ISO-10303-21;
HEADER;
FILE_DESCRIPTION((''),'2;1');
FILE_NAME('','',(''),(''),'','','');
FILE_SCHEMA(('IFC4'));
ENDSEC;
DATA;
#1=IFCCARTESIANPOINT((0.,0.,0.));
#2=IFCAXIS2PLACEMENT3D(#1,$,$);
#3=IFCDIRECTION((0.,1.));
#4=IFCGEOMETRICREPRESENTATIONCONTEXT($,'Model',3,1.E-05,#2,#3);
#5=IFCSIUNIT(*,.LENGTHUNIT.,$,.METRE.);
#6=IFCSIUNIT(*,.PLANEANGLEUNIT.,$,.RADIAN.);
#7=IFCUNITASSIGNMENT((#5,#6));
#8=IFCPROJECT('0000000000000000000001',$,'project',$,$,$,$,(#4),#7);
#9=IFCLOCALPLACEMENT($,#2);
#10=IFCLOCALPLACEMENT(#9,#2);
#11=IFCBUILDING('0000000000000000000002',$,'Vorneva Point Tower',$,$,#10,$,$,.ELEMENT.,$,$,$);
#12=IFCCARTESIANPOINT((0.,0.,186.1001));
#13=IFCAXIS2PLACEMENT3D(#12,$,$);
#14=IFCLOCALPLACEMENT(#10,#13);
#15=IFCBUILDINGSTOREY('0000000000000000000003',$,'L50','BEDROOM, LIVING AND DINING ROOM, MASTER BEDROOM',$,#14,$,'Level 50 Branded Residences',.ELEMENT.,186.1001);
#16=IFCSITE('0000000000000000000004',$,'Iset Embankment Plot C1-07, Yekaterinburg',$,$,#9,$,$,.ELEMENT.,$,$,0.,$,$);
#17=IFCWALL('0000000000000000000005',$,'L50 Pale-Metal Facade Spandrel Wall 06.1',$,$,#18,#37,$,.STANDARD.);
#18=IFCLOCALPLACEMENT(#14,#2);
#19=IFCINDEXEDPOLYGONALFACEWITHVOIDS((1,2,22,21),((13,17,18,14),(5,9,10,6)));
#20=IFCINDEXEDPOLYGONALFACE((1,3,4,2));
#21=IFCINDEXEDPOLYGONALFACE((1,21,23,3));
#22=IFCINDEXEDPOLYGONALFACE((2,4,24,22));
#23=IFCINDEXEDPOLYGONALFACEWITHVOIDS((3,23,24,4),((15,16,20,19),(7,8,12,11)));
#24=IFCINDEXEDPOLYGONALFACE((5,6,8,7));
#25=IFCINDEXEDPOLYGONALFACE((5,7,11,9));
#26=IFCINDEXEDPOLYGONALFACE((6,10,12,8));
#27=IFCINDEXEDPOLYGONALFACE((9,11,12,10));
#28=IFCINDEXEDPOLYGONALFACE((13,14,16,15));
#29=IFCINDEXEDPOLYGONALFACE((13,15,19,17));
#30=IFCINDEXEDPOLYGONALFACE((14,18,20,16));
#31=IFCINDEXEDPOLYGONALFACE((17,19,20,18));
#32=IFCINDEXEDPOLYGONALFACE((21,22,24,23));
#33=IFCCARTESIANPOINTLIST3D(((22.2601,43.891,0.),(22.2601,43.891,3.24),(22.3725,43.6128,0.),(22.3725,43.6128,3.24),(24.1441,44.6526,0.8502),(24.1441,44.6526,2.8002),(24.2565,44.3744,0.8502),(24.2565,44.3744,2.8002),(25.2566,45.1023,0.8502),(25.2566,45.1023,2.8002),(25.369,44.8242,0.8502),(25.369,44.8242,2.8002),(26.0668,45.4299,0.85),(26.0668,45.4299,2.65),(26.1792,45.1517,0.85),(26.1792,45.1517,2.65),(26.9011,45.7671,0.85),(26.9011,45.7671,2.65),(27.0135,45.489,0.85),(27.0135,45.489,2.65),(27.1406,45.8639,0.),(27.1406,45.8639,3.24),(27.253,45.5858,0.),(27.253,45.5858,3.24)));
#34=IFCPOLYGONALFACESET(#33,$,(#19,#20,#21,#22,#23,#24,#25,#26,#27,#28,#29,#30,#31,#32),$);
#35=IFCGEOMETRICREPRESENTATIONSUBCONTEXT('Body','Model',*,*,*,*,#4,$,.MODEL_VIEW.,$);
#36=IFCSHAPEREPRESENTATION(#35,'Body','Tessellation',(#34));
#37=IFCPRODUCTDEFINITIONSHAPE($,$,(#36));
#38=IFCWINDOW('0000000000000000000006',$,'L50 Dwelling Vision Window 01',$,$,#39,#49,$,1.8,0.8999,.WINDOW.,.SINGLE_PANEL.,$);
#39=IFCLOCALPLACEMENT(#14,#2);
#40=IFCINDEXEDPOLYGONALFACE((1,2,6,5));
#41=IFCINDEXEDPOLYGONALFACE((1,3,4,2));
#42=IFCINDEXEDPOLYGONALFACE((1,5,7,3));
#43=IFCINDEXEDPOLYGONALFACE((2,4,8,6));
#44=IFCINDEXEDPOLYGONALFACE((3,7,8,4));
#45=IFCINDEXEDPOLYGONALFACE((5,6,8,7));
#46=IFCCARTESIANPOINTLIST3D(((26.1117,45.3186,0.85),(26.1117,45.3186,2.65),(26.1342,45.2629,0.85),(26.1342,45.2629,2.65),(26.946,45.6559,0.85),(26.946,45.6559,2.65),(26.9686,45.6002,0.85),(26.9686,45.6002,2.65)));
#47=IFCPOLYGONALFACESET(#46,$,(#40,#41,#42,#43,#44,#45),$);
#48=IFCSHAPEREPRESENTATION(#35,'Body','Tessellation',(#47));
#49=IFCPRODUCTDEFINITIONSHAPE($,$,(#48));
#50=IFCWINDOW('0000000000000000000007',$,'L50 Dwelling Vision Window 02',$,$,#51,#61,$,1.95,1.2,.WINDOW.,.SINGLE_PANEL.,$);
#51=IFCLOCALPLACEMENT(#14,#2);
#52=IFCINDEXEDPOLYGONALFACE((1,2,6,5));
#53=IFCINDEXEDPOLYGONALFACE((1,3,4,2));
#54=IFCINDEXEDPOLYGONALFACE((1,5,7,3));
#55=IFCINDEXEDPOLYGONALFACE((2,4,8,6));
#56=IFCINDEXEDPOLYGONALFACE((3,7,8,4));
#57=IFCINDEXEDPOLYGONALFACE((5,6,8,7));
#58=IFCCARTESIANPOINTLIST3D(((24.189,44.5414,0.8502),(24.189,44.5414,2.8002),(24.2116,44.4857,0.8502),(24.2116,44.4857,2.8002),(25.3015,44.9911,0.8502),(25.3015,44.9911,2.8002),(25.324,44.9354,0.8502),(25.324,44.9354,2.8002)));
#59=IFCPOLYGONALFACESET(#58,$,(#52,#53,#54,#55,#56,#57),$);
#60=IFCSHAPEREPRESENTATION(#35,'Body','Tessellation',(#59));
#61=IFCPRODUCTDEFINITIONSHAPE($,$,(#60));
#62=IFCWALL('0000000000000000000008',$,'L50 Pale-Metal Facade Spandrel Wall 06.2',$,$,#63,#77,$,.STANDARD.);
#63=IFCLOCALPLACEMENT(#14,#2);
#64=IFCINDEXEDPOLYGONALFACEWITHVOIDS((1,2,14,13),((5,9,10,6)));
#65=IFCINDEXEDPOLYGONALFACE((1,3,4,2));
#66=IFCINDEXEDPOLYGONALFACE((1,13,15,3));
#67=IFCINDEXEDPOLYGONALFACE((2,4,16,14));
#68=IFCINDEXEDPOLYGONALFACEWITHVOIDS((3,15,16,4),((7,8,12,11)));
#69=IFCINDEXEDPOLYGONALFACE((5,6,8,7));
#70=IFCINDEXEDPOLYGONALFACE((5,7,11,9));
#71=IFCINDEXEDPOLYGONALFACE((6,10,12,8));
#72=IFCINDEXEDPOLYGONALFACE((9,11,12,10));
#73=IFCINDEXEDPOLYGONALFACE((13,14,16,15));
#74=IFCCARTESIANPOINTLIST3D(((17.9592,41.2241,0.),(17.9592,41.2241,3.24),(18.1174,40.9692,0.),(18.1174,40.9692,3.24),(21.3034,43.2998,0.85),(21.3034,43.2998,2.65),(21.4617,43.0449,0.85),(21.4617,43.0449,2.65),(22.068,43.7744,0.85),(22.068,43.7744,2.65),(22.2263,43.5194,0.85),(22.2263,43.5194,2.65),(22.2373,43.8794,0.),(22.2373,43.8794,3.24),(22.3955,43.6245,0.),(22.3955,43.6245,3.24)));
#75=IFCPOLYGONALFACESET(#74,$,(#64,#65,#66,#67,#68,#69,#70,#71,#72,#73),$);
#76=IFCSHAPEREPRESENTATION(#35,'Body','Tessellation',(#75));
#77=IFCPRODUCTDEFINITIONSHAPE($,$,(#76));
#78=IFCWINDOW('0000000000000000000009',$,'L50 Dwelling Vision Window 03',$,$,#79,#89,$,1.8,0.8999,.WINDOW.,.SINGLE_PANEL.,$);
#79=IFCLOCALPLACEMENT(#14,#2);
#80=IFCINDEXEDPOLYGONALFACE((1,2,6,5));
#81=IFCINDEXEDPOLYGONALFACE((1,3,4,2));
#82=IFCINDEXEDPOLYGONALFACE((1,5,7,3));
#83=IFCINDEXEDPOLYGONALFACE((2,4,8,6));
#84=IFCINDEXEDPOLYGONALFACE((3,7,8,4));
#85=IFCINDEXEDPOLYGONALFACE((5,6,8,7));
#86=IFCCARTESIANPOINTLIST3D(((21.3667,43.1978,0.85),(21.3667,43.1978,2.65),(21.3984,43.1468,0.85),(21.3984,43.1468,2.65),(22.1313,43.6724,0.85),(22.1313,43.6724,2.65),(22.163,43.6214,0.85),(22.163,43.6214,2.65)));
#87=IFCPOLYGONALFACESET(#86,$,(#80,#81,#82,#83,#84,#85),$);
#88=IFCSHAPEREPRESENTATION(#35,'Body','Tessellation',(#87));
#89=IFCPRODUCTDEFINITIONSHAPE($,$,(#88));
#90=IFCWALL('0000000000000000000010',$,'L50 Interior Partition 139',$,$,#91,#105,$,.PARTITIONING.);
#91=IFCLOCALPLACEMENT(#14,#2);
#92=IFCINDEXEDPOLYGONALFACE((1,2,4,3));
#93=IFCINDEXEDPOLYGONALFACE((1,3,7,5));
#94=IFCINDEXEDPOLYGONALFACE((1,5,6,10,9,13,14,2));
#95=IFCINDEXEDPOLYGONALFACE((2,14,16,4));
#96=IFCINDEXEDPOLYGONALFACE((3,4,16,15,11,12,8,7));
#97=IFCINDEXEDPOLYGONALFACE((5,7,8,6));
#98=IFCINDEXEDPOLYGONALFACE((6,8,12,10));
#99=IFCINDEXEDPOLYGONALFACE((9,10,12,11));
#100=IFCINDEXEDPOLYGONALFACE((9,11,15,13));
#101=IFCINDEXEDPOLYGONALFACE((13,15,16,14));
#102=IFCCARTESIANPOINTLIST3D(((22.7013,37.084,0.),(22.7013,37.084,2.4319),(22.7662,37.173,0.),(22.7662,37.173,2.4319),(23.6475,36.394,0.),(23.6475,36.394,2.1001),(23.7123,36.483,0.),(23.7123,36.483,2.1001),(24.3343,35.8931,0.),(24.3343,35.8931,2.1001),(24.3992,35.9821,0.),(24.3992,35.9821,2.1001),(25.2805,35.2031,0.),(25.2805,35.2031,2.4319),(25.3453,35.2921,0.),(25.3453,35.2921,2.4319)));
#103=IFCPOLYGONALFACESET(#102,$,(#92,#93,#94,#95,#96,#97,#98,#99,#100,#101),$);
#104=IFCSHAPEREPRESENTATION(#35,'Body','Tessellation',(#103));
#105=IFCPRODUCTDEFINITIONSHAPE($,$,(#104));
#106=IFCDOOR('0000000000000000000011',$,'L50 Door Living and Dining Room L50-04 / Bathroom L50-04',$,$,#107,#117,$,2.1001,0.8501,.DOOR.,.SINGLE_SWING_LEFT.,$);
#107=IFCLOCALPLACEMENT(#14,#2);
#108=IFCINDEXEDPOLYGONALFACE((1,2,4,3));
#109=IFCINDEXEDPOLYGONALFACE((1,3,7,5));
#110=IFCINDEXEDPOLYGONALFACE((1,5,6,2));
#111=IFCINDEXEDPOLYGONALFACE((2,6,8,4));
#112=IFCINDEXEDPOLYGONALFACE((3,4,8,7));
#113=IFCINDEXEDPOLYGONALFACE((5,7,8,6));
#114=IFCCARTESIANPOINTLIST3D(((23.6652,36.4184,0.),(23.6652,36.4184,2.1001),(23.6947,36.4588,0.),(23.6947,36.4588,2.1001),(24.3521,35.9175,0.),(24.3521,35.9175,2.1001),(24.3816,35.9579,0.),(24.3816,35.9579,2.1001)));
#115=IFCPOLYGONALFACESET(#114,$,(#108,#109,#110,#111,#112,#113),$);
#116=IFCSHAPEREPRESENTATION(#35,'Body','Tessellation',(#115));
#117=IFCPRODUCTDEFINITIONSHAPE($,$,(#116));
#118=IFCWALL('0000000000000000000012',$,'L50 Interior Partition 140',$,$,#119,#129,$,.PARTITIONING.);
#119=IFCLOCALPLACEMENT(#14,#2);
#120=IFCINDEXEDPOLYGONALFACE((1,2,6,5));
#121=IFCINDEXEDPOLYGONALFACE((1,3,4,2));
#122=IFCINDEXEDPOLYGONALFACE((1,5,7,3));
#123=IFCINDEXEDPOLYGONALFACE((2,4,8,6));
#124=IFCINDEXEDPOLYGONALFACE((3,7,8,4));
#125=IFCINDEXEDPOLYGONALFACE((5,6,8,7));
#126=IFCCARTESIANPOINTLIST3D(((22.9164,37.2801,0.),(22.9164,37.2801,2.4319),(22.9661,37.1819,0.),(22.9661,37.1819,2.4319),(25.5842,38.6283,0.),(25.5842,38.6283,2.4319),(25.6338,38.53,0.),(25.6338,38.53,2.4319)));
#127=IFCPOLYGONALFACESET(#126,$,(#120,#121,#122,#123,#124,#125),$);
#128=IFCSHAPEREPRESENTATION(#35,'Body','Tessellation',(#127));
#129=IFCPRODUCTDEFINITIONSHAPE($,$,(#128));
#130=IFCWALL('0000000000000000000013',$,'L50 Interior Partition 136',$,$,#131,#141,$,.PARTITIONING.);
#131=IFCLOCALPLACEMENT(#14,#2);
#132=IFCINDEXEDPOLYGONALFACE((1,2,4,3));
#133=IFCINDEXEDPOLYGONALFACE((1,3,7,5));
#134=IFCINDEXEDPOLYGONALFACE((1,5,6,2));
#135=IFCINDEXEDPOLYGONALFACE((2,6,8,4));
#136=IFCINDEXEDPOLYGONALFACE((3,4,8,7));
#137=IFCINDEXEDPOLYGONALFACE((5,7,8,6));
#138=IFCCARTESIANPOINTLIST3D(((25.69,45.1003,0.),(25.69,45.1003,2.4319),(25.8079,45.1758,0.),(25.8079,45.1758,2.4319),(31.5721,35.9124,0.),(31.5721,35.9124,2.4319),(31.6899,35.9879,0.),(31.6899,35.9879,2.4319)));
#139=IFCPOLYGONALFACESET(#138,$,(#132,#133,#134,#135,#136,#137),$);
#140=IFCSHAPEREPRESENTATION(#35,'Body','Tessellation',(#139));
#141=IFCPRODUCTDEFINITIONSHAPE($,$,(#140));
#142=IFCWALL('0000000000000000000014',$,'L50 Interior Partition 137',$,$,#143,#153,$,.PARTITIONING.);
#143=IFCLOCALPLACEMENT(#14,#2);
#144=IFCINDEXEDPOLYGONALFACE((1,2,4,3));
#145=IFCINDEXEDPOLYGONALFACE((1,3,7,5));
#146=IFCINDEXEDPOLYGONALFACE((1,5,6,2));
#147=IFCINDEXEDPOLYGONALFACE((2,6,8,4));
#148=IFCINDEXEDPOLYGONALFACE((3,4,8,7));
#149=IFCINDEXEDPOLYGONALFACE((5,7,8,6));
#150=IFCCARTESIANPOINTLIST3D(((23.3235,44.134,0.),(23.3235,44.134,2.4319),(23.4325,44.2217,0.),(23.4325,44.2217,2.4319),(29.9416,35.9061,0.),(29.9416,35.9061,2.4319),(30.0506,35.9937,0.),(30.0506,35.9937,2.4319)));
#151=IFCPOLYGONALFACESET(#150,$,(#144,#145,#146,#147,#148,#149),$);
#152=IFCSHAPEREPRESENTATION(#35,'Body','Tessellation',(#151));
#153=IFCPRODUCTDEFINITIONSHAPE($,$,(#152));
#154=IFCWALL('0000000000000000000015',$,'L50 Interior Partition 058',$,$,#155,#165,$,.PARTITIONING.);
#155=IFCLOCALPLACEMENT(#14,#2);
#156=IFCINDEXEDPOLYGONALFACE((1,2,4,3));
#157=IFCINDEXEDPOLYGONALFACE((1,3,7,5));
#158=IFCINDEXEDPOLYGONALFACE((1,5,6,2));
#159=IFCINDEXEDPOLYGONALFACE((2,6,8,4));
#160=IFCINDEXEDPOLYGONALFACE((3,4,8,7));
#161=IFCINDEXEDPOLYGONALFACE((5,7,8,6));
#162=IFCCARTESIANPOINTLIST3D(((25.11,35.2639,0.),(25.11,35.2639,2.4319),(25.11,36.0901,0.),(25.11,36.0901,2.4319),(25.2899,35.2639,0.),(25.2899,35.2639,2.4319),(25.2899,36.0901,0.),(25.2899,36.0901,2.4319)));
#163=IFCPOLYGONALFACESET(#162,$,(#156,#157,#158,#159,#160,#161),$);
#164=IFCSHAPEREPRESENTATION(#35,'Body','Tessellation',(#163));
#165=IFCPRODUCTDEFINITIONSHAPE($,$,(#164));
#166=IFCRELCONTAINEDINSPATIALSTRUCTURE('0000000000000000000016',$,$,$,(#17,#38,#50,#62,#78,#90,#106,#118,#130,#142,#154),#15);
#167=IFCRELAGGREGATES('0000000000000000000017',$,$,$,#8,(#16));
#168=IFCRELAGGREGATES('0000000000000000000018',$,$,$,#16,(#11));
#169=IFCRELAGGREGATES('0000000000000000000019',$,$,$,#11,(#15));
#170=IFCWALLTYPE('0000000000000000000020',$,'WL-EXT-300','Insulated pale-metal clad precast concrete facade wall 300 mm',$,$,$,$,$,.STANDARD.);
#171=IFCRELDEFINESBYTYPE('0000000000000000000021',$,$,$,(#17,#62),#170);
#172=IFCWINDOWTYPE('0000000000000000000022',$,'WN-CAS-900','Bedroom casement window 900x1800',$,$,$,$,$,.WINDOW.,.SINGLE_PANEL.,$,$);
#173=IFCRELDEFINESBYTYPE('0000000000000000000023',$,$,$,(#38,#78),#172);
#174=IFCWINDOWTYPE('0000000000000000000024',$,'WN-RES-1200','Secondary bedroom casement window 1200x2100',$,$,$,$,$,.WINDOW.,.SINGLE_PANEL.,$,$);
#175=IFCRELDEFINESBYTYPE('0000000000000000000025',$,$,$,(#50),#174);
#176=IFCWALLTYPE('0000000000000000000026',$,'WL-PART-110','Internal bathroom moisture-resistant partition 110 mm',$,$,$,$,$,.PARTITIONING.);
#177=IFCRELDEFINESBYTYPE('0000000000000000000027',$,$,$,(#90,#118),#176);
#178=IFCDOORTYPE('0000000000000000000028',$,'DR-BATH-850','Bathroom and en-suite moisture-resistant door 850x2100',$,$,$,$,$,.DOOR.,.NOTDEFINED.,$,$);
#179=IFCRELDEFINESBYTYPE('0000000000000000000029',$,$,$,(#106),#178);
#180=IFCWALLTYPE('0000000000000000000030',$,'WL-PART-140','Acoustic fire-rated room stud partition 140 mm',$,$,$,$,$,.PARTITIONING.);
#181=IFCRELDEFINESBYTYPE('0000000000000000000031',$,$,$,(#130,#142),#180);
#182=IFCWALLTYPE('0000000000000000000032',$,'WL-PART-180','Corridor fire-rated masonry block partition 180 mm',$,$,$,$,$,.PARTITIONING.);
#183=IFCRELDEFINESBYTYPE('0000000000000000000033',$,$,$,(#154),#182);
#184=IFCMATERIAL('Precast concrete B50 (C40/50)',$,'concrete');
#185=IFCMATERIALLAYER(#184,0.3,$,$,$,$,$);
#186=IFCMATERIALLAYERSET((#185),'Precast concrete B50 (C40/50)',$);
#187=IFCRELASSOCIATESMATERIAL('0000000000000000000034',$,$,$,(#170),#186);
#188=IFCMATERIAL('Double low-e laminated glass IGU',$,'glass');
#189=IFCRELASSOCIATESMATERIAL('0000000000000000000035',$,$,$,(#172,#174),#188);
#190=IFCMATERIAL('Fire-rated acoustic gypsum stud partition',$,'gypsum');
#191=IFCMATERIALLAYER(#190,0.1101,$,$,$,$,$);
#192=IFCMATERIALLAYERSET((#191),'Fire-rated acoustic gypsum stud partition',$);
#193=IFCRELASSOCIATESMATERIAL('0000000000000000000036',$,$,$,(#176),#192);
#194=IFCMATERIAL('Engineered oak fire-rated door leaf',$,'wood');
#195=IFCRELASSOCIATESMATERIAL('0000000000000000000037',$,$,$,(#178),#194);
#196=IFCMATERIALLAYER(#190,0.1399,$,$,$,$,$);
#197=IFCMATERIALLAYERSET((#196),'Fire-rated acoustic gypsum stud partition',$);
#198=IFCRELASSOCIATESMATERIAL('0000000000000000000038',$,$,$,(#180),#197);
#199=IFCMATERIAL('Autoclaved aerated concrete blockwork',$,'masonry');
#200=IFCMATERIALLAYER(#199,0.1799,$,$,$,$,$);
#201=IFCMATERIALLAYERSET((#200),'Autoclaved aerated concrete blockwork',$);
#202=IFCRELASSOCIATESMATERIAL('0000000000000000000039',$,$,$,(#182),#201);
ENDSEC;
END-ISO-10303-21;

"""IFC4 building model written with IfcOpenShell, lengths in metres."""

from ifc_helpers import new_model, si_unit, direction, frame, frame_2d, origin, place, context, subcontext, project, spatial, rectangle, extrude, material, layer, layer_set, type_object, element, fill, save


model = new_model("IFC4")

# Units and contexts
model_context = context("Model", 3, precision=1e-05, world=origin(), true_north=direction((0.0, 1.0)))
body_context = subcontext(model_context, "Body", "Model", "MODEL_VIEW")
ifc_project = project(units=[si_unit("LENGTHUNIT", "METRE"), si_unit("PLANEANGLEUNIT", "RADIAN")], contexts=[model_context])

# Site, building, storey
site_placement = place(None, origin())
site = spatial("IfcSite", under=ifc_project, at=site_placement, Name="Iset Embankment Plot C1-07, Yekaterinburg", CompositionType="ELEMENT", RefElevation=0.0)
building_placement = place(site_placement, origin())
building = spatial("IfcBuilding", under=site, at=building_placement, Name="Vorneva Point Tower", CompositionType="ELEMENT")
storey_placement = place(building_placement, frame((0.0, 0.0, 186.1001)))
storey = spatial("IfcBuildingStorey", under=building, at=storey_placement, Name="L50", Description="BEDROOM, LIVING AND DINING ROOM, MASTER BEDROOM", LongName="Level 50 Branded Residences", CompositionType="ELEMENT", Elevation=186.1001)

# Wall, openings, windows
ifc_material_1 = material(Name="Precast concrete B50 (C40/50)", Category="concrete")
ifc_layer_1 = layer(ifc_material_1, 0.3)
ifc_layer_set_1 = layer_set([ifc_layer_1], Name="Precast concrete B50 (C40/50)")
wall_type_1 = type_object("IfcWallType", Name="WL-EXT-300", Description="Insulated pale-metal clad precast concrete facade wall 300 mm", PredefinedType="STANDARD", material=ifc_layer_set_1)
wall_1_placement = place(storey_placement, frame((27.1968, 45.7249, 0.0), z_axis=(0.0, 0.0, 1.0), x_axis=(-0.927111, -0.374787, 0.0)))
wall_1 = element("IfcWall", 1, at=wall_1_placement, inside=storey, type_object=wall_type_1, Name="L50 Pale-Metal Facade Spandrel Wall 06.1", PredefinedType="STANDARD", context=body_context, shape_type="SweptSolid", body=[
    extrude(rectangle(XDim=5.2642, YDim=0.3, at=frame_2d((2.6321, 0.0))), origin(), (0.0, 0.0, 1.0), 3.24),
])
opening_1_placement = place(wall_1_placement, frame((0.2583, 0.0, 0.8501)))
opening_1 = element("IfcOpeningElement", 2, at=opening_1_placement, cuts=wall_1, PredefinedType="OPENING", context=body_context, shape_type="SweptSolid", body=[
    extrude(rectangle(XDim=0.8999, YDim=1.8, at=frame_2d((0.45, 0.8999))), frame((0.0, 0.165, 0.0), z_axis=(0.0, -1.0, 0.0), x_axis=(1.0, 0.0, 0.0)), (0.0, 0.0, 1.0), 0.3298),
])
opening_2_placement = place(wall_1_placement, frame((2.032, 0.0, 0.8501)))
opening_2 = element("IfcOpeningElement", 3, at=opening_2_placement, cuts=wall_1, PredefinedType="OPENING", context=body_context, shape_type="SweptSolid", body=[
    extrude(rectangle(XDim=1.2, YDim=1.95, at=frame_2d((0.6001, 0.9751))), frame((0.0, 0.165, 0.0), z_axis=(0.0, -1.0, 0.0), x_axis=(1.0, 0.0, 0.0)), (0.0, 0.0, 1.0), 0.3298),
])
ifc_material_2 = material(Name="Double low-e laminated glass IGU", Category="glass")
window_type_1 = type_object("IfcWindowType", Name="WN-CAS-900", Description="Bedroom casement window 900x1800", PartitioningType="SINGLE_PANEL", PredefinedType="WINDOW", material=ifc_material_2)
window_1_placement = place(opening_1_placement, origin())
window_1 = element("IfcWindow", 4, at=window_1_placement, inside=storey, type_object=window_type_1, Name="L50 Dwelling Vision Window 01", OverallHeight=1.8, OverallWidth=0.8999, PartitioningType="SINGLE_PANEL", PredefinedType="WINDOW", context=body_context, shape_type="SweptSolid", body=[
    extrude(rectangle(XDim=0.8999, YDim=1.8, at=frame_2d((0.45, 0.8999))), frame((0.0, 0.03, 0.0), z_axis=(0.0, -1.0, 0.0), x_axis=(1.0, 0.0, 0.0)), (0.0, 0.0, 1.0), 0.0601),
])
fill(opening_1, window_1)
window_type_2 = type_object("IfcWindowType", Name="WN-RES-1200", Description="Secondary bedroom casement window 1200x2100", PartitioningType="SINGLE_PANEL", PredefinedType="WINDOW", material=ifc_material_2)
window_2_placement = place(opening_2_placement, origin())
window_2 = element("IfcWindow", 5, at=window_2_placement, inside=storey, type_object=window_type_2, Name="L50 Dwelling Vision Window 02", OverallHeight=1.95, OverallWidth=1.2, PartitioningType="SINGLE_PANEL", PredefinedType="WINDOW", context=body_context, shape_type="SweptSolid", body=[
    extrude(rectangle(XDim=1.2, YDim=1.95, at=frame_2d((0.6001, 0.9751))), frame((0.0, 0.03, 0.0), z_axis=(0.0, -1.0, 0.0), x_axis=(1.0, 0.0, 0.0)), (0.0, 0.0, 1.0), 0.0601),
])
fill(opening_2, window_2)

# Wall, opening, window
wall_2_placement = place(storey_placement, frame((22.3164, 43.752, 0.0), z_axis=(0.0, 0.0, 1.0), x_axis=(-0.849648, -0.527351, 0.0)))
wall_2 = element("IfcWall", 6, at=wall_2_placement, inside=storey, type_object=wall_type_1, Name="L50 Pale-Metal Facade Spandrel Wall 06.2", PredefinedType="STANDARD", context=body_context, shape_type="SweptSolid", body=[
    extrude(rectangle(XDim=5.0352, YDim=0.3, at=frame_2d((2.5176, 0.0))), origin(), (0.0, 0.0, 1.0), 3.24),
])
opening_3_placement = place(wall_2_placement, frame((0.1992, 0.0, 0.8501)))
opening_3 = element("IfcOpeningElement", 7, at=opening_3_placement, cuts=wall_2, PredefinedType="OPENING", context=body_context, shape_type="SweptSolid", body=[
    extrude(rectangle(XDim=0.8999, YDim=1.8, at=frame_2d((0.45, 0.8999))), frame((0.0, 0.165, 0.0), z_axis=(0.0, -1.0, 0.0), x_axis=(1.0, 0.0, 0.0)), (0.0, 0.0, 1.0), 0.3298),
])
window_3_placement = place(opening_3_placement, origin())
window_3 = element("IfcWindow", 8, at=window_3_placement, inside=storey, type_object=window_type_1, Name="L50 Dwelling Vision Window 03", OverallHeight=1.8, OverallWidth=0.8999, PartitioningType="SINGLE_PANEL", PredefinedType="WINDOW", context=body_context, shape_type="SweptSolid", body=[
    extrude(rectangle(XDim=0.8999, YDim=1.8, at=frame_2d((0.45, 0.8999))), frame((0.0, 0.03, 0.0), z_axis=(0.0, -1.0, 0.0), x_axis=(1.0, 0.0, 0.0)), (0.0, 0.0, 1.0), 0.0601),
])
fill(opening_3, window_3)

# Wall, opening, door
ifc_material_3 = material(Name="Fire-rated acoustic gypsum stud partition", Category="gypsum")
ifc_layer_2 = layer(ifc_material_3, 0.1101)
ifc_layer_set_2 = layer_set([ifc_layer_2], Name="Fire-rated acoustic gypsum stud partition")
wall_type_2 = type_object("IfcWallType", Name="WL-PART-110", Description="Internal bathroom moisture-resistant partition 110 mm", PredefinedType="PARTITIONING", material=ifc_layer_set_2)
wall_3_placement = place(storey_placement, frame((25.313, 35.2476, 0.0), z_axis=(0.0, 0.0, 1.0), x_axis=(-0.807968, 0.589226, 0.0)))
wall_3 = element("IfcWall", 9, at=wall_3_placement, inside=storey, type_object=wall_type_2, Name="L50 Interior Partition 139", PredefinedType="PARTITIONING", context=body_context, shape_type="SweptSolid", body=[
    extrude(rectangle(XDim=3.1921, YDim=0.1101, at=frame_2d((1.5962, 0.0))), origin(), (0.0, 0.0, 1.0), 2.4319),
])
opening_4_placement = place(wall_3_placement, frame((1.1711, 0.0, 0.0)))
opening_4 = element("IfcOpeningElement", 10, at=opening_4_placement, cuts=wall_3, PredefinedType="OPENING", context=body_context, shape_type="SweptSolid", body=[
    extrude(rectangle(XDim=0.8501, YDim=2.1001, at=frame_2d((0.425, 1.05))), frame((0.0, 0.0698, 0.0), z_axis=(0.0, -1.0, 0.0), x_axis=(1.0, 0.0, 0.0)), (0.0, 0.0, 1.0), 0.1399),
])
ifc_material_4 = material(Name="Engineered oak fire-rated door leaf", Category="wood")
door_type_1 = type_object("IfcDoorType", Name="DR-BATH-850", Description="Bathroom and en-suite moisture-resistant door 850x2100", OperationType="NOTDEFINED", PredefinedType="DOOR", material=ifc_material_4)
door_1_placement = place(opening_4_placement, origin())
door_1 = element("IfcDoor", 11, at=door_1_placement, inside=storey, type_object=door_type_1, Name="L50 Door Living and Dining Room L50-04 / Bathroom L50-04", OperationType="SINGLE_SWING_LEFT", OverallHeight=2.1001, OverallWidth=0.8501, PredefinedType="DOOR", context=body_context, shape_type="SweptSolid", body=[
    extrude(rectangle(XDim=0.8501, YDim=2.1001, at=frame_2d((0.425, 1.05))), frame((0.0, 0.0249, 0.0), z_axis=(0.0, -1.0, 0.0), x_axis=(1.0, 0.0, 0.0)), (0.0, 0.0, 1.0), 0.05),
])
fill(opening_4, door_1)

# Walls
wall_4_placement = place(storey_placement, frame((22.9412, 37.231, 0.0), z_axis=(0.0, 0.0, 1.0), x_axis=(0.892508, 0.451032, 0.0)))
element("IfcWall", 12, at=wall_4_placement, inside=storey, type_object=wall_type_2, Name="L50 Interior Partition 140", PredefinedType="PARTITIONING", context=body_context, shape_type="SweptSolid", body=[
    extrude(rectangle(XDim=2.989, YDim=0.1101, at=frame_2d((1.4946, 0.0))), origin(), (0.0, 0.0, 1.0), 2.4319),
])
ifc_layer_3 = layer(ifc_material_3, 0.1399)
ifc_layer_set_3 = layer_set([ifc_layer_3], Name="Fire-rated acoustic gypsum stud partition")
wall_type_3 = type_object("IfcWallType", Name="WL-PART-140", Description="Acoustic fire-rated room stud partition 140 mm", PredefinedType="PARTITIONING", material=ifc_layer_set_3)
wall_5_placement = place(storey_placement, frame((25.749, 45.1379, 0.0), z_axis=(0.0, 0.0, 1.0), x_axis=(0.539169, -0.842198, 0.0)))
element("IfcWall", 13, at=wall_5_placement, inside=storey, type_object=wall_type_3, Name="L50 Interior Partition 136", PredefinedType="PARTITIONING", context=body_context, shape_type="SweptSolid", body=[
    extrude(rectangle(XDim=10.9094, YDim=0.1399, at=frame_2d((5.4546, 0.0))), origin(), (0.0, 0.0, 1.0), 2.4319),
])
wall_6_placement = place(storey_placement, frame((23.3779, 44.178, 0.0), z_axis=(0.0, 0.0, 1.0), x_axis=(0.626757, -0.779215, 0.0)))
element("IfcWall", 14, at=wall_6_placement, inside=storey, type_object=wall_type_3, Name="L50 Interior Partition 137", PredefinedType="PARTITIONING", context=body_context, shape_type="SweptSolid", body=[
    extrude(rectangle(XDim=10.5593, YDim=0.1399, at=frame_2d((5.2798, 0.0))), origin(), (0.0, 0.0, 1.0), 2.4319),
])

# Shared definitions
ifc_material_5 = material(Name="Autoclaved aerated concrete blockwork", Category="masonry")
ifc_layer_4 = layer(ifc_material_5, 0.1799)
ifc_layer_set_4 = layer_set([ifc_layer_4], Name="Autoclaved aerated concrete blockwork")
wall_type_4 = type_object("IfcWallType", Name="WL-PART-180", Description="Corridor fire-rated masonry block partition 180 mm", PredefinedType="PARTITIONING", material=ifc_layer_set_4)

# Wall
wall_7_placement = place(storey_placement, frame((25.2, 36.0901, 0.0), z_axis=(0.0, 0.0, 1.0), x_axis=(0.0, -1.0, 0.0)))
element("IfcWall", 15, at=wall_7_placement, inside=storey, type_object=wall_type_4, Name="L50 Interior Partition 058", PredefinedType="PARTITIONING", context=body_context, shape_type="SweptSolid", body=[
    extrude(rectangle(XDim=0.8262, YDim=0.1799, at=frame_2d((0.4131, 0.0))), origin(), (0.0, 0.0, 1.0), 2.4319),
])

save(model, "model.ifc")
